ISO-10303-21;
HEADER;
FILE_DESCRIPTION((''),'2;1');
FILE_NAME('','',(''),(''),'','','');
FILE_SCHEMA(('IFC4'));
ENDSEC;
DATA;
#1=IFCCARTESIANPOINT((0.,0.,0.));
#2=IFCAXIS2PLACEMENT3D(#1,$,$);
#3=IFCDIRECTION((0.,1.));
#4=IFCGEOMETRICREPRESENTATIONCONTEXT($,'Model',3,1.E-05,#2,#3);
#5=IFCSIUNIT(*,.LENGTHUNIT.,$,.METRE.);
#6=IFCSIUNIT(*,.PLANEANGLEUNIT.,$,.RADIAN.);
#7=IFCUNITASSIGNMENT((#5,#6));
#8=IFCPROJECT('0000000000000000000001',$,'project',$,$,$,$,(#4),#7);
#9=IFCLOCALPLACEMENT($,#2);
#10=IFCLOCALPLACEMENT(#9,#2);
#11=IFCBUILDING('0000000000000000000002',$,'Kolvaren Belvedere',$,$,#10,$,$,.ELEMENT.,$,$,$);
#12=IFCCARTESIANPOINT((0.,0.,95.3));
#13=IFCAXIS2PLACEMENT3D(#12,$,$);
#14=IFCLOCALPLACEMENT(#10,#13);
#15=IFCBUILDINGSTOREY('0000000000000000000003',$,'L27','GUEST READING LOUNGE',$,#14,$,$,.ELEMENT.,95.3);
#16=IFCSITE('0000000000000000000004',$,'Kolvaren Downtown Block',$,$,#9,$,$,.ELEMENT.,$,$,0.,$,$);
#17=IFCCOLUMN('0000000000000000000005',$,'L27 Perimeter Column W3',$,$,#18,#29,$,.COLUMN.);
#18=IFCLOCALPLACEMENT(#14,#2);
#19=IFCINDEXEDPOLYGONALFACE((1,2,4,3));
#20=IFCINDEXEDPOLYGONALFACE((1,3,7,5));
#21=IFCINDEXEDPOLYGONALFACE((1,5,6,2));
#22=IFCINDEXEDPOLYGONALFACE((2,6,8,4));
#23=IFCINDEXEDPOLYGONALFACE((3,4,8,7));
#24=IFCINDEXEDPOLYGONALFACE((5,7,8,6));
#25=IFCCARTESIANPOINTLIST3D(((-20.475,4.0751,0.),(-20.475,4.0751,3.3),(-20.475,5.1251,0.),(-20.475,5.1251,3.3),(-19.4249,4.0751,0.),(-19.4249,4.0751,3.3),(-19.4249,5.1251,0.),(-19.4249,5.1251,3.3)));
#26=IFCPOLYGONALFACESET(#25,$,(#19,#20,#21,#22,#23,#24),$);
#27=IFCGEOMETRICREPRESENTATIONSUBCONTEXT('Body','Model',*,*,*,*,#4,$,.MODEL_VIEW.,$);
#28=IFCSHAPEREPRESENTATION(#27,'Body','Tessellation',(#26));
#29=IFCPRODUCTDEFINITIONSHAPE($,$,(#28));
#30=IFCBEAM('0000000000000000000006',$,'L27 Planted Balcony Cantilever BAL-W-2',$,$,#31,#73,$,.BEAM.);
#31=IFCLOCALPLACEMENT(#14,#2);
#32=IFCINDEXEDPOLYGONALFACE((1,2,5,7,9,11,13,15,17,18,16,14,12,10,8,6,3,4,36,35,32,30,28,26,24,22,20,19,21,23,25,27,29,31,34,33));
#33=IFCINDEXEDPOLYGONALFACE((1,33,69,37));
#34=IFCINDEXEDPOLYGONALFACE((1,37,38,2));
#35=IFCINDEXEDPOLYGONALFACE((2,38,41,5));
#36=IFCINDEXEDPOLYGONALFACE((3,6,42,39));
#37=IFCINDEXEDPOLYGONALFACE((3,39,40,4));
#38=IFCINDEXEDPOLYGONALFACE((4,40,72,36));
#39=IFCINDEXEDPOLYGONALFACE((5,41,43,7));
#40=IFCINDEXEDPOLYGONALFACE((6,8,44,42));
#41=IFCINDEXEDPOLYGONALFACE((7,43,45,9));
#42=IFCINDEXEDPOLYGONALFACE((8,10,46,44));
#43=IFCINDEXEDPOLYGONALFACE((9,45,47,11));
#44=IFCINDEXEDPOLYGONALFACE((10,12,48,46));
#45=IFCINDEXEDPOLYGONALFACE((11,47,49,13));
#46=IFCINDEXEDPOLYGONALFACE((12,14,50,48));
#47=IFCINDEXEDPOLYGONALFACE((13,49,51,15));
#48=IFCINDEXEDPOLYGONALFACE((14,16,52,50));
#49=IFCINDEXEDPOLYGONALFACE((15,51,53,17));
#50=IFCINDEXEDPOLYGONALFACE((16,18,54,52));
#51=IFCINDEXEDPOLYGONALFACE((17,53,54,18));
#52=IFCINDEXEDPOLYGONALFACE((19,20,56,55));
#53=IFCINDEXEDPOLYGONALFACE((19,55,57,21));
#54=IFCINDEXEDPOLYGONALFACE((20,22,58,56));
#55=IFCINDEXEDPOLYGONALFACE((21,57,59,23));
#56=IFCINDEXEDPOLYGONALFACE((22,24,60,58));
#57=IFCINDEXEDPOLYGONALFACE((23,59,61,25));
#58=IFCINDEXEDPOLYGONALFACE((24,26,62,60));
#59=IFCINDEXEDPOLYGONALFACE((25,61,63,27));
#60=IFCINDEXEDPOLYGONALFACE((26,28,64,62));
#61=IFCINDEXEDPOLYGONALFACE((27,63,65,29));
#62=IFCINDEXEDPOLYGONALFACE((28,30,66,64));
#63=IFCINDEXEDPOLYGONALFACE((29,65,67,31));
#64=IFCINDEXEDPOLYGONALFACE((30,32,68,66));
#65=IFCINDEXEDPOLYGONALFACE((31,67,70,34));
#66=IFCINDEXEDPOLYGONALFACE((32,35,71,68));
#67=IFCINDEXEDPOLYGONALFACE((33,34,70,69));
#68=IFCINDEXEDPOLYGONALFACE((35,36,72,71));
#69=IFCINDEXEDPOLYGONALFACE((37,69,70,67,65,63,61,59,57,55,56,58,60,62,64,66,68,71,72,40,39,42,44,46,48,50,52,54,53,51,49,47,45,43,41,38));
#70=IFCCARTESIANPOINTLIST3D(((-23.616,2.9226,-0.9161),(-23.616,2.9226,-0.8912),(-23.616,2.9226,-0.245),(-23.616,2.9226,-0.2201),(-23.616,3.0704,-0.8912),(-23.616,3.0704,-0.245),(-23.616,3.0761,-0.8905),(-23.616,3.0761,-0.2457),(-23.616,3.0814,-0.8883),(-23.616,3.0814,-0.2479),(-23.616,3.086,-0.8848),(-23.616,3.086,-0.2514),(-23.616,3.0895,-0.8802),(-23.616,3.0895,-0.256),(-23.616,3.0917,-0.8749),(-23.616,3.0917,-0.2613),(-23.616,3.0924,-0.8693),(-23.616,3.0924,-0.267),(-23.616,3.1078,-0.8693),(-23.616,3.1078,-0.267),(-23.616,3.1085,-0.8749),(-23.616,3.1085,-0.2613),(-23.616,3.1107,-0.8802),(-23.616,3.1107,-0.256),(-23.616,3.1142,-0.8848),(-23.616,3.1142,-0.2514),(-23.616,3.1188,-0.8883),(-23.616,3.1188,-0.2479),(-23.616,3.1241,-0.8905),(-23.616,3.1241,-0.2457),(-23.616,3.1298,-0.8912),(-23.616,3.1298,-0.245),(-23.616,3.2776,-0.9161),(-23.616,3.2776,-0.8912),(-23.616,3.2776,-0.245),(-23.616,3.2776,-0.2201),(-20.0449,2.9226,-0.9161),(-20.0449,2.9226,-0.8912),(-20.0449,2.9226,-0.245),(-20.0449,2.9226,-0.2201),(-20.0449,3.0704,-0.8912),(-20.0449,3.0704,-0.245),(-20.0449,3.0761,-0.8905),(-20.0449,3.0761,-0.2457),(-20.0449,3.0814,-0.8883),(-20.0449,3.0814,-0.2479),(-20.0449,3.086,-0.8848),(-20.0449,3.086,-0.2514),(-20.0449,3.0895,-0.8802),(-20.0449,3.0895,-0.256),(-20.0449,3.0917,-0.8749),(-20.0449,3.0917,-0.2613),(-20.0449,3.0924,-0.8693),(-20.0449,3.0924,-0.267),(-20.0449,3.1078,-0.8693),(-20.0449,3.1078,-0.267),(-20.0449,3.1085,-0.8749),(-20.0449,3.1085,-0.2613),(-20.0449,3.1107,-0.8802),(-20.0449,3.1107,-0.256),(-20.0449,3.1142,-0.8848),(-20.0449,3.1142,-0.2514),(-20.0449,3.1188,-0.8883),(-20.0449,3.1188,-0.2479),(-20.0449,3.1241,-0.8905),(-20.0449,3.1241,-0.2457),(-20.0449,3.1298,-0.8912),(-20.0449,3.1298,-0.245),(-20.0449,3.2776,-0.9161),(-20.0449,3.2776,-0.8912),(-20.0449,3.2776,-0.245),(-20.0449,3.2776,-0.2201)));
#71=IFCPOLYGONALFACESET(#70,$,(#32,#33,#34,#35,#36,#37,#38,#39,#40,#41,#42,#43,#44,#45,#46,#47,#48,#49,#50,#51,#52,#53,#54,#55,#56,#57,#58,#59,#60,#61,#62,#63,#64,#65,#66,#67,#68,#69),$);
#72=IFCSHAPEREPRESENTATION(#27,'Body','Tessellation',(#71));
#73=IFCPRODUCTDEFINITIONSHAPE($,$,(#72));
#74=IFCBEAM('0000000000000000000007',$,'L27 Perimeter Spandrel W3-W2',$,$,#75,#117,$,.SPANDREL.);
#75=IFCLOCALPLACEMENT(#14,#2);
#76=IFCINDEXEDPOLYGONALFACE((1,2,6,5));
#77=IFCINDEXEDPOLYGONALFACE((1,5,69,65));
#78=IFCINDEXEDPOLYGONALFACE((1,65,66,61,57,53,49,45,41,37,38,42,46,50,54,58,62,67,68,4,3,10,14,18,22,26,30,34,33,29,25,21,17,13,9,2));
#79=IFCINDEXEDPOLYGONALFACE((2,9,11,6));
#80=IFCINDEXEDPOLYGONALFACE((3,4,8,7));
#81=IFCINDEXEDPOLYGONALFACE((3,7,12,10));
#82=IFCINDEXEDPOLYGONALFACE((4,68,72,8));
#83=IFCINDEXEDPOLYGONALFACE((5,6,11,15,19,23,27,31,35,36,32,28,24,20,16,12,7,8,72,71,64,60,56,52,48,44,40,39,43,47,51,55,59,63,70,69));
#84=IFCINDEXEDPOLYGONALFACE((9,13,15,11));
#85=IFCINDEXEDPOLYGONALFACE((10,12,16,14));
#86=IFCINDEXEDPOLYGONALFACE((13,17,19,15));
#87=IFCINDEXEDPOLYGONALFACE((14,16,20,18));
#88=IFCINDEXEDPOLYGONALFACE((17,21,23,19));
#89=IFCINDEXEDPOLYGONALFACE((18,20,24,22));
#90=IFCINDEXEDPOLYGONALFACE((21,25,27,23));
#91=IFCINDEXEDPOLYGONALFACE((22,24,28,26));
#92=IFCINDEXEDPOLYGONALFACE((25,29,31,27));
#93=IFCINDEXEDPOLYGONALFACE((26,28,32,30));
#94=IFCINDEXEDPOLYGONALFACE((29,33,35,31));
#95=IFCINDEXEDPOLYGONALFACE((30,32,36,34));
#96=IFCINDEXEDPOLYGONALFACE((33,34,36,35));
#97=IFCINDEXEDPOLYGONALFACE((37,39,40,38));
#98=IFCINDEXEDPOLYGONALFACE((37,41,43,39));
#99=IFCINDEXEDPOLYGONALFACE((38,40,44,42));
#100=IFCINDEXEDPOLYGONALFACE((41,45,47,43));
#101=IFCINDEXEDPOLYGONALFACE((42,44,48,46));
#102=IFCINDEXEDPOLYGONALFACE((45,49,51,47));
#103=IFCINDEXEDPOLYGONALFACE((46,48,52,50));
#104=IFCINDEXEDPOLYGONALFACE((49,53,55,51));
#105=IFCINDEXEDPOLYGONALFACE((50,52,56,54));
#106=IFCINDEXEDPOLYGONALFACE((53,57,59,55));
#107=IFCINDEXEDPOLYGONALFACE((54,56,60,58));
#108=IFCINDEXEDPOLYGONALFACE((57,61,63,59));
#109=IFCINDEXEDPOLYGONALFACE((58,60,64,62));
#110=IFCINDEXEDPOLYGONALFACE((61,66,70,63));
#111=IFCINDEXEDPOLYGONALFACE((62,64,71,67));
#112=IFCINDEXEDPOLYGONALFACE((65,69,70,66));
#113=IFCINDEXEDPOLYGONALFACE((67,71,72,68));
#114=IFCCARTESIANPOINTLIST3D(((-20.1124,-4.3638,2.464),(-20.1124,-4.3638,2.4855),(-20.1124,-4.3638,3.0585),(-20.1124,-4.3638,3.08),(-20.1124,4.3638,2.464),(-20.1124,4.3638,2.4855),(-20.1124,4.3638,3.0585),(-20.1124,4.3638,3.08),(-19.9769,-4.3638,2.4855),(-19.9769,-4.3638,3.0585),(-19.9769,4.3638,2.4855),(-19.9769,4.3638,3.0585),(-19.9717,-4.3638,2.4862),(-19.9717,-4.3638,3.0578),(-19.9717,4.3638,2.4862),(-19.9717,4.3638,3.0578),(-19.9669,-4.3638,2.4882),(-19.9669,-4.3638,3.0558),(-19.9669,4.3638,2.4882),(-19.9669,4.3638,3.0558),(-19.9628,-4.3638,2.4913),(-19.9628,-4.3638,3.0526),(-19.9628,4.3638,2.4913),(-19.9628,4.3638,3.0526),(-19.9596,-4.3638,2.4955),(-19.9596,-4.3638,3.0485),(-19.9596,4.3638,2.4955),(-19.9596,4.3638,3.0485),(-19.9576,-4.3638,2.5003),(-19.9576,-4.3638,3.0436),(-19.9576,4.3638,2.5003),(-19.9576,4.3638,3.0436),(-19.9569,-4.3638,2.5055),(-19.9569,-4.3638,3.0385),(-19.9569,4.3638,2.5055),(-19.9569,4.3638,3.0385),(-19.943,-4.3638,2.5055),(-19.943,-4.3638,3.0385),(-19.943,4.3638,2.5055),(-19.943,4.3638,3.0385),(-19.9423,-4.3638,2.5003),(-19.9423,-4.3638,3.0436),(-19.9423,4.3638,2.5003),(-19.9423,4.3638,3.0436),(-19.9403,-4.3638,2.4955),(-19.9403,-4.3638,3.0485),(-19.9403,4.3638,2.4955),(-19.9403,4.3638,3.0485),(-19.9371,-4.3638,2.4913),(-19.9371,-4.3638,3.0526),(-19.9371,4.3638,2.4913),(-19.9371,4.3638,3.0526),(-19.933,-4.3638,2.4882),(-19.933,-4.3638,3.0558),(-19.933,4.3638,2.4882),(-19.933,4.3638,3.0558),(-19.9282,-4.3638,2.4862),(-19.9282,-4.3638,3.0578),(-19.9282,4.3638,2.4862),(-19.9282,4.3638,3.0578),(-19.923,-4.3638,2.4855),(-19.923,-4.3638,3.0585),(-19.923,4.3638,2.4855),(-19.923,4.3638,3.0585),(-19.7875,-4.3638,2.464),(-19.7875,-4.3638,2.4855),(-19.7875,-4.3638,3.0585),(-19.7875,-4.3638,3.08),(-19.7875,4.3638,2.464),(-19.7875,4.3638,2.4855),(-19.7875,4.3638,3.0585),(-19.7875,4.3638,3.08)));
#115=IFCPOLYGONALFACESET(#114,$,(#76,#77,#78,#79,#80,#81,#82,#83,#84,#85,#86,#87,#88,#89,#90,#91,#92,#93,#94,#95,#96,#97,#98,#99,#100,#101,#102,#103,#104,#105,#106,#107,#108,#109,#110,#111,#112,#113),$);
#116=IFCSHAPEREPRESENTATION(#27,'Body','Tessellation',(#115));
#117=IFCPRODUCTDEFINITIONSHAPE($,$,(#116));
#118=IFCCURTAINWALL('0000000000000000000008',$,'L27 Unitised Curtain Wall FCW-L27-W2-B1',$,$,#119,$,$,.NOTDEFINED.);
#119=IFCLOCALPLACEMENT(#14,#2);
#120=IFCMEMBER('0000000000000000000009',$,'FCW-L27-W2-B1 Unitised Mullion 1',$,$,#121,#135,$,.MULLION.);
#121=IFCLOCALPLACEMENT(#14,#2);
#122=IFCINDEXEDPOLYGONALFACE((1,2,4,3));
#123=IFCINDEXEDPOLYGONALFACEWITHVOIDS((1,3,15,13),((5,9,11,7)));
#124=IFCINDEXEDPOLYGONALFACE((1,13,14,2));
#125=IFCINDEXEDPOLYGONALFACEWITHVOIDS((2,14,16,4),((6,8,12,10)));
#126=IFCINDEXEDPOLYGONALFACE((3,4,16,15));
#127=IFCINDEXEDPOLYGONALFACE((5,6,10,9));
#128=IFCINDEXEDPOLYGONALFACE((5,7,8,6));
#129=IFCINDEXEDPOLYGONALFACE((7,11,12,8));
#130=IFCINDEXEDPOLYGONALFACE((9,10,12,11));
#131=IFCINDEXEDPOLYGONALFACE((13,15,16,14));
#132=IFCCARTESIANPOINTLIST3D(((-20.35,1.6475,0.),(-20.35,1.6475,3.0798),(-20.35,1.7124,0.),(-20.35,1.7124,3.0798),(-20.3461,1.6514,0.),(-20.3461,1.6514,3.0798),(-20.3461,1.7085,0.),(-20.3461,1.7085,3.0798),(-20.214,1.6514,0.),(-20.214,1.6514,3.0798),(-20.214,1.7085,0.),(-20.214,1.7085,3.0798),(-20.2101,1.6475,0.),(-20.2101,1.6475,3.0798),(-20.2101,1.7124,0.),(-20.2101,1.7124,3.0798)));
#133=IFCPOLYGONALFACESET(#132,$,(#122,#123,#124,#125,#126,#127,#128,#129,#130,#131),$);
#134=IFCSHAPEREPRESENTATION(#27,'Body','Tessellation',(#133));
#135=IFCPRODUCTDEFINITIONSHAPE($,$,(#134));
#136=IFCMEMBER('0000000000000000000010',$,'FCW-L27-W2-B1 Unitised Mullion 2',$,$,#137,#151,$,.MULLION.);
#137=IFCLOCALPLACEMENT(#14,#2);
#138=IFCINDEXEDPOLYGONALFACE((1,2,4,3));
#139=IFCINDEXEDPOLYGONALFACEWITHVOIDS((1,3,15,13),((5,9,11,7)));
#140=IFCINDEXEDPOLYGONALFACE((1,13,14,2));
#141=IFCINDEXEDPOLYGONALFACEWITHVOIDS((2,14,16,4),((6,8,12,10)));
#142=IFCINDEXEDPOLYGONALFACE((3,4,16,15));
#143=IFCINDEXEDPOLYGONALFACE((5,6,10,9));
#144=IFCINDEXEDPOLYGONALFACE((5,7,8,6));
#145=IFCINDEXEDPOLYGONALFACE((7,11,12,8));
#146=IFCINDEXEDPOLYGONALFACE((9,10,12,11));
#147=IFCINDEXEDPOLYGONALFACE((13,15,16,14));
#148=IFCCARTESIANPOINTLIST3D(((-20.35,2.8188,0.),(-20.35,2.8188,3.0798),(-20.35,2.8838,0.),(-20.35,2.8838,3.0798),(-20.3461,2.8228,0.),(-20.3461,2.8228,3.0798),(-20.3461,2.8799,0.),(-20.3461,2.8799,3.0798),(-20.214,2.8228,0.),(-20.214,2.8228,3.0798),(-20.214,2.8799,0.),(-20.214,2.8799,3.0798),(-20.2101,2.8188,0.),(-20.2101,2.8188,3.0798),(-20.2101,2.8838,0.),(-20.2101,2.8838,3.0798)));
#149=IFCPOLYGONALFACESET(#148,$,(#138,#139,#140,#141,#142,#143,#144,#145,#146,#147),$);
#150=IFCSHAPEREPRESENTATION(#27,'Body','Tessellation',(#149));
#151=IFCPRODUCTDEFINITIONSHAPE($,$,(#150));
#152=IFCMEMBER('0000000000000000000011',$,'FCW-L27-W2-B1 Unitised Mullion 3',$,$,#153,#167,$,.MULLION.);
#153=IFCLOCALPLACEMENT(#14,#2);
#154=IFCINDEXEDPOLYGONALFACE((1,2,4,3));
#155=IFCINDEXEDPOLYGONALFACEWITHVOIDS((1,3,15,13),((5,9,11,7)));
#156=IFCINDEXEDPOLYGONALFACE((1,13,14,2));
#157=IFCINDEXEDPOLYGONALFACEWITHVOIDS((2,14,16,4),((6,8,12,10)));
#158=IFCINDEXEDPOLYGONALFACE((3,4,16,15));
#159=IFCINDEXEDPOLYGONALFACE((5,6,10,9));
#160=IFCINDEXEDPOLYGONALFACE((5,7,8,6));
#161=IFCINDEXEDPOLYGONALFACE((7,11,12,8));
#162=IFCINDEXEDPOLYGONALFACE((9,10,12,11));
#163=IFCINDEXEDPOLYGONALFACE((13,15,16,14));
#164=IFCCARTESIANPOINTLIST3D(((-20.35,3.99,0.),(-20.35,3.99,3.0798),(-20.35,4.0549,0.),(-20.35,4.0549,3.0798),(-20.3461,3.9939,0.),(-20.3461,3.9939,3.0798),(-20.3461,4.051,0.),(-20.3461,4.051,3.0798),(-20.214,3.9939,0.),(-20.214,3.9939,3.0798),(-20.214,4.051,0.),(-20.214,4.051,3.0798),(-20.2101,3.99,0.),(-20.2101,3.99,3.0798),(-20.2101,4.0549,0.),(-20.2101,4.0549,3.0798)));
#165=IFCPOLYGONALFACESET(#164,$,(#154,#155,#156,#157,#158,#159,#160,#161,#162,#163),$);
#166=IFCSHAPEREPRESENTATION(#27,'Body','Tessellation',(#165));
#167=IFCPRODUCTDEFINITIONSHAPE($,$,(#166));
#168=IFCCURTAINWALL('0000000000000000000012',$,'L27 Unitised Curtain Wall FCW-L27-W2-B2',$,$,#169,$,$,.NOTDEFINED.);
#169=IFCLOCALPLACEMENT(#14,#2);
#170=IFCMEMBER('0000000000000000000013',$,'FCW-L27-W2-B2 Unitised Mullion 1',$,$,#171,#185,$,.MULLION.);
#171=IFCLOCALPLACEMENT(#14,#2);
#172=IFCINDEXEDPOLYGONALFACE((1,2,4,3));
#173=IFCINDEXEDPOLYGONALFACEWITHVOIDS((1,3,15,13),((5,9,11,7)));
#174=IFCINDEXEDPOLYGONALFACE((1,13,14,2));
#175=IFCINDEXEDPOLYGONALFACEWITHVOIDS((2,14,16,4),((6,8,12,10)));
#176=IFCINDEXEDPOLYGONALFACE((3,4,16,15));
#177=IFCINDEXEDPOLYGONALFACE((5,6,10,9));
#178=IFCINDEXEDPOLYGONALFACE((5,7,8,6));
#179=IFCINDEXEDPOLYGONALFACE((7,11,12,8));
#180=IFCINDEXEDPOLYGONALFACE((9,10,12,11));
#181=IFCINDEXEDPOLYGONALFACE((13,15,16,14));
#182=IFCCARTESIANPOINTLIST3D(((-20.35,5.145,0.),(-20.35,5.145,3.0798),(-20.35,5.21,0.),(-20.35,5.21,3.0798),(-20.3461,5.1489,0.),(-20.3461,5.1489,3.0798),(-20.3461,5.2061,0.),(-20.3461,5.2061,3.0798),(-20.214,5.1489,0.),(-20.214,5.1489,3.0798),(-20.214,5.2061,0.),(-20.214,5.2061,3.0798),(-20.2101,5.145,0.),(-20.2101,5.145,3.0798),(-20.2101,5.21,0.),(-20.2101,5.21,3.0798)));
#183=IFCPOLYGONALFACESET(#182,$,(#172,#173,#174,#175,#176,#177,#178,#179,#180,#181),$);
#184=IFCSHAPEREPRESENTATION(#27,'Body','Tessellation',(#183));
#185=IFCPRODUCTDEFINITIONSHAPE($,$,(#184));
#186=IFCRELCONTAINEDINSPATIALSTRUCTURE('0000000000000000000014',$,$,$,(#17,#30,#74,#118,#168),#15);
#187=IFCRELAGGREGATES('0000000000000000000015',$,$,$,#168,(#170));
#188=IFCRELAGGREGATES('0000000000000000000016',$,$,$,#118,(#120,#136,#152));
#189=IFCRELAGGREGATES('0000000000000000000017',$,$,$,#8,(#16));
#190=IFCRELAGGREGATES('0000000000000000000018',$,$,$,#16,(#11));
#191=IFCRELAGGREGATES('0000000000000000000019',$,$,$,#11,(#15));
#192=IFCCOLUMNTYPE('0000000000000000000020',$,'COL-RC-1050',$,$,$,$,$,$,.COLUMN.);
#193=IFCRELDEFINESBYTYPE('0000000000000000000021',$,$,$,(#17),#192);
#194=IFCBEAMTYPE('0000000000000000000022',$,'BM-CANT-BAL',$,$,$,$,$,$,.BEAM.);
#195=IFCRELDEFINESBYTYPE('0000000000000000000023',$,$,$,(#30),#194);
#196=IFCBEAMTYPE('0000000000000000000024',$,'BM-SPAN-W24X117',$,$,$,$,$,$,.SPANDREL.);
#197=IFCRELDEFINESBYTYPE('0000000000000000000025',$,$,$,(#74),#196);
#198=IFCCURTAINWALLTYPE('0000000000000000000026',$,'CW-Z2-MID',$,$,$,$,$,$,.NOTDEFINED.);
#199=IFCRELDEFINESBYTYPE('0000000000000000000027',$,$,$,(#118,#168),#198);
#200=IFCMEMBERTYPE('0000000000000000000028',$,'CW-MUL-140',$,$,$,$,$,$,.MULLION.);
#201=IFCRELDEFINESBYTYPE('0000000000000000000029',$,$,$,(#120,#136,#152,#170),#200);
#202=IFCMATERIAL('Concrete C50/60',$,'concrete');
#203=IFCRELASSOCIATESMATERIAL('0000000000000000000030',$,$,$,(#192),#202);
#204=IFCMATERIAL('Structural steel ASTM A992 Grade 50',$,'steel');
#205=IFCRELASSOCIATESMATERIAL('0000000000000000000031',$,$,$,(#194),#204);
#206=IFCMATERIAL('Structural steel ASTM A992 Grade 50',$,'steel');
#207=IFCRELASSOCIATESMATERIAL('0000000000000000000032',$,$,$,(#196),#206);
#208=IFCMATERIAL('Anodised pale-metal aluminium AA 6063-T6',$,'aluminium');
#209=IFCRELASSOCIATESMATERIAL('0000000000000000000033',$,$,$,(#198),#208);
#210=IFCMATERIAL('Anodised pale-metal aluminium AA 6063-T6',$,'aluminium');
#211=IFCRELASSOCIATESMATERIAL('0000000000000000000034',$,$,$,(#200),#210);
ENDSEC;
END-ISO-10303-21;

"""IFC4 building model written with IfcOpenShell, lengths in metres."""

from ifc_helpers import new_model, si_unit, direction, frame, origin, origin_2d, place, context, subcontext, project, spatial, rectangle, hollow_rectangle, i_section, extrude, material, material_profile, profile_set, type_object, element, aggregate, save


model = new_model("IFC4")

# Units and contexts
model_context = context("Model", 3, precision=1e-05, world=origin(), true_north=direction((0.0, 1.0)))
body_context = subcontext(model_context, "Body", "Model", "MODEL_VIEW")
ifc_project = project(units=[si_unit("LENGTHUNIT", "METRE"), si_unit("PLANEANGLEUNIT", "RADIAN")], contexts=[model_context])

# Site, building, storey
site_placement = place(None, origin())
site = spatial("IfcSite", under=ifc_project, at=site_placement, Name="Kolvaren Downtown Block", CompositionType="ELEMENT", RefElevation=0.0)
building_placement = place(site_placement, origin())
building = spatial("IfcBuilding", under=site, at=building_placement, Name="Kolvaren Belvedere", CompositionType="ELEMENT")
storey_placement = place(building_placement, frame((0.0, 0.0, 95.3)))
storey = spatial("IfcBuildingStorey", under=building, at=storey_placement, Name="L27", Description="GUEST READING LOUNGE", CompositionType="ELEMENT", Elevation=95.3)

# Column
ifc_material_1 = material(Name="Concrete C50/60", Category="concrete")
ifc_material_profile_1 = material_profile(ifc_material_1, rectangle(XDim=1.05, YDim=1.05, at=origin_2d()), Name="RC 1050X1050")
ifc_profile_set_1 = profile_set([ifc_material_profile_1], Name="Concrete C50/60")
column_type = type_object("IfcColumnType", Name="COL-RC-1050", PredefinedType="COLUMN", material=ifc_profile_set_1)
column_placement = place(storey_placement, frame((-19.95, 4.6001, 0.0), z_axis=(0.0, 0.0, 1.0), x_axis=(1.0, 0.0, 0.0)))
element("IfcColumn", 1, at=column_placement, inside=storey, type_object=column_type, Name="L27 Perimeter Column W3", PredefinedType="COLUMN", context=body_context, shape_type="SweptSolid", body=[
    extrude(rectangle(XDim=1.05, YDim=1.05, at=origin_2d()), origin(), (0.0, 0.0, 1.0), 3.3),
])

# Beams
ifc_material_2 = material(Name="Structural steel ASTM A992 Grade 50", Category="steel")
ifc_material_profile_2 = material_profile(ifc_material_2, i_section(OverallWidth=0.355, OverallDepth=0.696, WebThickness=0.0154, FlangeThickness=0.0249, FilletRadius=0.022, at=origin_2d()), Name="W27X146")
ifc_profile_set_2 = profile_set([ifc_material_profile_2], Name="Structural steel ASTM A992 Grade 50")
beam_type_1 = type_object("IfcBeamType", Name="BM-CANT-BAL", PredefinedType="BEAM", material=ifc_profile_set_2)
beam_1_placement = place(storey_placement, frame((-20.0449, 3.1001, -0.5681), z_axis=(-1.0, 0.0, 0.0), x_axis=(0.0, -1.0, 0.0)))
element("IfcBeam", 2, at=beam_1_placement, inside=storey, type_object=beam_type_1, Name="L27 Planted Balcony Cantilever BAL-W-2", PredefinedType="BEAM", context=body_context, shape_type="SweptSolid", body=[
    extrude(i_section(OverallWidth=0.355, OverallDepth=0.696, WebThickness=0.0154, FlangeThickness=0.0249, FilletRadius=0.022, at=origin_2d()), origin(), (0.0, 0.0, 1.0), 3.571),
])
ifc_material_3 = material(Name="Structural steel ASTM A992 Grade 50", Category="steel")
ifc_material_profile_3 = material_profile(ifc_material_3, i_section(OverallWidth=0.325, OverallDepth=0.616, WebThickness=0.0139, FlangeThickness=0.0215, FilletRadius=0.02, at=origin_2d()), Name="W24X117")
ifc_profile_set_3 = profile_set([ifc_material_profile_3], Name="Structural steel ASTM A992 Grade 50")
beam_type_2 = type_object("IfcBeamType", Name="BM-SPAN-W24X117", PredefinedType="SPANDREL", material=ifc_profile_set_3)
beam_2_placement = place(storey_placement, frame((-19.95, 4.3638, 2.772), z_axis=(0.0, -1.0, 0.0), x_axis=(1.0, 0.0, 0.0)))
element("IfcBeam", 3, at=beam_2_placement, inside=storey, type_object=beam_type_2, Name="L27 Perimeter Spandrel W3-W2", PredefinedType="SPANDREL", context=body_context, shape_type="SweptSolid", body=[
    extrude(i_section(OverallWidth=0.325, OverallDepth=0.616, WebThickness=0.0139, FlangeThickness=0.0215, FilletRadius=0.02, at=origin_2d()), origin(), (0.0, 0.0, 1.0), 8.7275),
])

# Curtain wall, members
ifc_material_4 = material(Name="Anodised pale-metal aluminium AA 6063-T6", Category="aluminium")
curtain_wall_type = type_object("IfcCurtainWallType", Name="CW-Z2-MID", PredefinedType="NOTDEFINED", material=ifc_material_4)
curtain_wall_1_placement = place(storey_placement, origin())
curtain_wall_1 = element("IfcCurtainWall", 4, at=curtain_wall_1_placement, inside=storey, type_object=curtain_wall_type, Name="L27 Unitised Curtain Wall FCW-L27-W2-B1", PredefinedType="NOTDEFINED")
ifc_material_5 = material(Name="Anodised pale-metal aluminium AA 6063-T6", Category="aluminium")
ifc_material_profile_4 = material_profile(ifc_material_5, hollow_rectangle(XDim=0.0649, YDim=0.1399, WallThickness=0.0039, at=origin_2d()), Name="ALU-MUL-140X65")
ifc_profile_set_4 = profile_set([ifc_material_profile_4], Name="Anodised pale-metal aluminium AA 6063-T6")
member_type_1 = type_object("IfcMemberType", Name="CW-MUL-140", PredefinedType="MULLION", material=ifc_profile_set_4)
member_1_placement = place(storey_placement, frame((-20.28, 1.6799, 0.0), z_axis=(0.0, 0.0, 1.0), x_axis=(0.0, 1.0, 0.0)))
member_1 = element("IfcMember", 5, at=member_1_placement, type_object=member_type_1, Name="FCW-L27-W2-B1 Unitised Mullion 1", PredefinedType="MULLION", context=body_context, shape_type="SweptSolid", body=[
    extrude(hollow_rectangle(XDim=0.0649, YDim=0.1399, WallThickness=0.0039, at=origin_2d()), origin(), (0.0, 0.0, 1.0), 3.0798),
])
member_2_placement = place(storey_placement, frame((-20.28, 2.8513, 0.0), z_axis=(0.0, 0.0, 1.0), x_axis=(0.0, 1.0, 0.0)))
member_2 = element("IfcMember", 6, at=member_2_placement, type_object=member_type_1, Name="FCW-L27-W2-B1 Unitised Mullion 2", PredefinedType="MULLION", context=body_context, shape_type="SweptSolid", body=[
    extrude(hollow_rectangle(XDim=0.0649, YDim=0.1399, WallThickness=0.0039, at=origin_2d()), origin(), (0.0, 0.0, 1.0), 3.0798),
])
member_3_placement = place(storey_placement, frame((-20.28, 4.0225, 0.0), z_axis=(0.0, 0.0, 1.0), x_axis=(0.0, 1.0, 0.0)))
member_3 = element("IfcMember", 7, at=member_3_placement, type_object=member_type_1, Name="FCW-L27-W2-B1 Unitised Mullion 3", PredefinedType="MULLION", context=body_context, shape_type="SweptSolid", body=[
    extrude(hollow_rectangle(XDim=0.0649, YDim=0.1399, WallThickness=0.0039, at=origin_2d()), origin(), (0.0, 0.0, 1.0), 3.0798),
])

# Curtain wall, member
curtain_wall_2_placement = place(storey_placement, origin())
curtain_wall_2 = element("IfcCurtainWall", 8, at=curtain_wall_2_placement, inside=storey, type_object=curtain_wall_type, Name="L27 Unitised Curtain Wall FCW-L27-W2-B2", PredefinedType="NOTDEFINED")
member_4_placement = place(storey_placement, frame((-20.28, 5.1775, 0.0), z_axis=(0.0, 0.0, 1.0), x_axis=(0.0, 1.0, 0.0)))
member_4 = element("IfcMember", 9, at=member_4_placement, type_object=member_type_1, Name="FCW-L27-W2-B2 Unitised Mullion 1", PredefinedType="MULLION", context=body_context, shape_type="SweptSolid", body=[
    extrude(hollow_rectangle(XDim=0.0649, YDim=0.1399, WallThickness=0.0039, at=origin_2d()), origin(), (0.0, 0.0, 1.0), 3.0798),
])

aggregate(curtain_wall_2, [member_4])

aggregate(curtain_wall_1, [member_1, member_2, member_3])

save(model, "model.ifc")
